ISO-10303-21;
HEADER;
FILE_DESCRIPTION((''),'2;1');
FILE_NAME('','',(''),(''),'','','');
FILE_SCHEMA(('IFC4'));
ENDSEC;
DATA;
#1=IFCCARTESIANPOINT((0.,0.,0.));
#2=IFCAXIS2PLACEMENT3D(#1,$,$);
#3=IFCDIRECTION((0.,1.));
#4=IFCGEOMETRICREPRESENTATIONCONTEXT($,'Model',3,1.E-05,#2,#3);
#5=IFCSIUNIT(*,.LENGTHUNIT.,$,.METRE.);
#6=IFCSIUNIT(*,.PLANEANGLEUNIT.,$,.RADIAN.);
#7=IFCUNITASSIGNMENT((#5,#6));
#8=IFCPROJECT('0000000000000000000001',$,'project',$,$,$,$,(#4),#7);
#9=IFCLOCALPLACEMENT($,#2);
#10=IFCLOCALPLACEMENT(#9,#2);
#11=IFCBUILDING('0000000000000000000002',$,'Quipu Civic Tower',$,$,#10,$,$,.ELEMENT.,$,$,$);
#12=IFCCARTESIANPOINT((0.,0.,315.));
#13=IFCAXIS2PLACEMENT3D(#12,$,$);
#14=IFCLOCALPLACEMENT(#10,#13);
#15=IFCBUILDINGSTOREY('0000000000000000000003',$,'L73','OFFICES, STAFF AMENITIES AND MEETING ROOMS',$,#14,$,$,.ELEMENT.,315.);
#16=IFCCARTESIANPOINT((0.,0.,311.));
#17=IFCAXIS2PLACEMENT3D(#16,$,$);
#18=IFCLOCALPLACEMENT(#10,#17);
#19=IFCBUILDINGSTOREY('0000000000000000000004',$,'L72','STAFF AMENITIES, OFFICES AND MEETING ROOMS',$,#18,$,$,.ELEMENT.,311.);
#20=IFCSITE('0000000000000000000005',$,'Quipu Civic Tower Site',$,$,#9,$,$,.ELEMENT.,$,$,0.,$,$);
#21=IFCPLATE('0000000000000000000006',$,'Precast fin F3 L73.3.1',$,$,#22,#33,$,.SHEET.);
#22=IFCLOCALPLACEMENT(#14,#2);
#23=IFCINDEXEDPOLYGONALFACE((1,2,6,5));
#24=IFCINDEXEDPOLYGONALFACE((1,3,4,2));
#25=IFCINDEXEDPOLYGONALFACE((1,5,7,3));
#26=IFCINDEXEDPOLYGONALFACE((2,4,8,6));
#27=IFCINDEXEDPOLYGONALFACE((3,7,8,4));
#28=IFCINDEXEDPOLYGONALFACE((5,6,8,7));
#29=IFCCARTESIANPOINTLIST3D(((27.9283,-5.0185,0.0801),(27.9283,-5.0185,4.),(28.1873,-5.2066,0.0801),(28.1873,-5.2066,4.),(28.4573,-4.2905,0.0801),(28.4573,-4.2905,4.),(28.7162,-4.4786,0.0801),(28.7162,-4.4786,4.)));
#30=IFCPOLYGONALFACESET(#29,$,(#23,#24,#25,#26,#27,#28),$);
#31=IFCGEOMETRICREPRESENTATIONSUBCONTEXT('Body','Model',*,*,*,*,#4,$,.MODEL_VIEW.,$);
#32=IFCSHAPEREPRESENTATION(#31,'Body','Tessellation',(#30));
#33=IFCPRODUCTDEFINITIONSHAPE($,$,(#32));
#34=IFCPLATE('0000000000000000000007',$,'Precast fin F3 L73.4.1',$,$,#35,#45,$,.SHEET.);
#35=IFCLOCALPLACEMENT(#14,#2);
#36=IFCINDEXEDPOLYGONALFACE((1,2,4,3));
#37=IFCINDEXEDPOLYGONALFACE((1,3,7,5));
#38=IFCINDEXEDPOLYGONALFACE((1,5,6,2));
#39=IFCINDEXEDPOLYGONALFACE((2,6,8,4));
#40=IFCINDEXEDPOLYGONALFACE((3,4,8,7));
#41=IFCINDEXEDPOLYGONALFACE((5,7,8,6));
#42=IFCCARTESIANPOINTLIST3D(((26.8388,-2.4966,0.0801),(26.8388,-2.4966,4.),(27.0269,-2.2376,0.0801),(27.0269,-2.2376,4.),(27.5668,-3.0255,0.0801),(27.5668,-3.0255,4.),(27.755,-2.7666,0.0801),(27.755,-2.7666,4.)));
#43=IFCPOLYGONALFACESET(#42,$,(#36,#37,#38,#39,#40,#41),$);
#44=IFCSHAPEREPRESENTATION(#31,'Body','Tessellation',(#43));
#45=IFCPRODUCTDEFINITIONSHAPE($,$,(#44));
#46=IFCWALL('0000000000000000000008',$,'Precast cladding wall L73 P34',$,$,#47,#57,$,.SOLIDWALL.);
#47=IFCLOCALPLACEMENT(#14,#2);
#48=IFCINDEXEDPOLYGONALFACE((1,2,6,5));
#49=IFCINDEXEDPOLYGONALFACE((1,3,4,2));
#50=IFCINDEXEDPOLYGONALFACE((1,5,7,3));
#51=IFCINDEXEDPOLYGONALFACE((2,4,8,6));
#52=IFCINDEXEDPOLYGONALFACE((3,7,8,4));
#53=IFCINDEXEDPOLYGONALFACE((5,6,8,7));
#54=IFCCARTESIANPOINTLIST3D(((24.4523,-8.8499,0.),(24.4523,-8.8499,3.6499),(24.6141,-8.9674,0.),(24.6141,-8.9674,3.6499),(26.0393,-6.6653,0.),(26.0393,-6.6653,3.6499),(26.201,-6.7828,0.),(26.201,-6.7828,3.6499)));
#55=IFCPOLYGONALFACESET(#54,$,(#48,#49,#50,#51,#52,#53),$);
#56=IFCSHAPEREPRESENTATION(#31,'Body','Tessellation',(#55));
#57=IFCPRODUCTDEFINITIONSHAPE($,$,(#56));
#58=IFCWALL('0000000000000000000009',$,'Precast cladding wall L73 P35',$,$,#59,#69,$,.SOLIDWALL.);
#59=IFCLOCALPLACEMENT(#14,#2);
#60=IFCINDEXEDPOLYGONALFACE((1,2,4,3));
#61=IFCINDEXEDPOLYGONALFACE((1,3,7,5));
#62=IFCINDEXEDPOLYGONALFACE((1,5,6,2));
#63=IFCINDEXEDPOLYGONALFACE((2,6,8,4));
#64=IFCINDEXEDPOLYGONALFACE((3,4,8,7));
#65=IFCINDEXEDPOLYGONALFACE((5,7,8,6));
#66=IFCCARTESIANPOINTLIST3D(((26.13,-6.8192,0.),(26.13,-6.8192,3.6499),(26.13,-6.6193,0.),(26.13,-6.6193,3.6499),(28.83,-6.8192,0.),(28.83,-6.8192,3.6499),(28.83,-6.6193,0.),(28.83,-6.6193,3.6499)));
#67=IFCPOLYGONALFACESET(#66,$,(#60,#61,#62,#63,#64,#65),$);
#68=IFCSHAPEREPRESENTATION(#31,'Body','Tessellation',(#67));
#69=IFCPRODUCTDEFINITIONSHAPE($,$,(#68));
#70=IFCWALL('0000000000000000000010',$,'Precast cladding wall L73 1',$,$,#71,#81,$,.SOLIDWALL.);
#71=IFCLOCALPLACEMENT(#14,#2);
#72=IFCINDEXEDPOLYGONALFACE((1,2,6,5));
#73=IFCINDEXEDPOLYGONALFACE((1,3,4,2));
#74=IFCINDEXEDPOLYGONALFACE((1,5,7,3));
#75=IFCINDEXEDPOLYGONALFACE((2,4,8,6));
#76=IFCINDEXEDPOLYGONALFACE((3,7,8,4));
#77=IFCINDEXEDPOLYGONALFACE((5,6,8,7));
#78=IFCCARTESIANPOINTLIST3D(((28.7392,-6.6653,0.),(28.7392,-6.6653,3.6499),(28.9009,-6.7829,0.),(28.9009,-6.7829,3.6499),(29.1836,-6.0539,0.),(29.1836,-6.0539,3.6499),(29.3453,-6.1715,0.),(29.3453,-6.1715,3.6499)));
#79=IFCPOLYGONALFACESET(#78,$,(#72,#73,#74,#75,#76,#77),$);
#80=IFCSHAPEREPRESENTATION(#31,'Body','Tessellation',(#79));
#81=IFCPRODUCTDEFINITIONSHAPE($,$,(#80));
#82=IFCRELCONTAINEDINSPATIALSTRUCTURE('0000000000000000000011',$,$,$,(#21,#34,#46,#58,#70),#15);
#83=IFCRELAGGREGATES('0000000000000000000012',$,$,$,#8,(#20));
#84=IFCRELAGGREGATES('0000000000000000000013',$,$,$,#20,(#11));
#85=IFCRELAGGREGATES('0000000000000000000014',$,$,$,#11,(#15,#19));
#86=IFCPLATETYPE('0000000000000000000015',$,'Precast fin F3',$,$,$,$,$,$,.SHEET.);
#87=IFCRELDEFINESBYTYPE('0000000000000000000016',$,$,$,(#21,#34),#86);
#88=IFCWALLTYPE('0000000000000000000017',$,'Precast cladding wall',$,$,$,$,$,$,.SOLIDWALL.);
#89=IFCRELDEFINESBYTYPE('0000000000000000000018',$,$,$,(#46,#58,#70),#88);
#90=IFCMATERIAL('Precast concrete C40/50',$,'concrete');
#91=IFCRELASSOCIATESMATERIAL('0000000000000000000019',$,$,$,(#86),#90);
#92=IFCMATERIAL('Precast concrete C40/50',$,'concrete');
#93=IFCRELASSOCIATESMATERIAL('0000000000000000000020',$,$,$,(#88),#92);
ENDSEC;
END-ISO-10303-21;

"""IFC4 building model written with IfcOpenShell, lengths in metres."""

from ifc_helpers import new_model, si_unit, direction, frame, frame_2d, origin, origin_2d, place, context, subcontext, project, spatial, rectangle, extrude, material, type_object, element, save


model = new_model("IFC4")

# Units and contexts
model_context = context("Model", 3, precision=1e-05, world=origin(), true_north=direction((0.0, 1.0)))
body_context = subcontext(model_context, "Body", "Model", "MODEL_VIEW")
ifc_project = project(units=[si_unit("LENGTHUNIT", "METRE"), si_unit("PLANEANGLEUNIT", "RADIAN")], contexts=[model_context])

# Site, building, storey
site_placement = place(None, origin())
site = spatial("IfcSite", under=ifc_project, at=site_placement, Name="Quipu Civic Tower Site", CompositionType="ELEMENT", RefElevation=0.0)
building_placement = place(site_placement, origin())
building = spatial("IfcBuilding", under=site, at=building_placement, Name="Quipu Civic Tower", CompositionType="ELEMENT")
storey_1_placement = place(building_placement, frame((0.0, 0.0, 315.0)))
storey_1 = spatial("IfcBuildingStorey", under=building, at=storey_1_placement, Name="L73", Description="OFFICES, STAFF AMENITIES AND MEETING ROOMS", CompositionType="ELEMENT", Elevation=315.0)

# Shared definitions
storey_2_placement = place(building_placement, frame((0.0, 0.0, 311.0)))
storey_2 = spatial("IfcBuildingStorey", under=building, at=storey_2_placement, Name="L72", Description="STAFF AMENITIES, OFFICES AND MEETING ROOMS", CompositionType="ELEMENT", Elevation=311.0)

# Plates
ifc_material_1 = material(Name="Precast concrete C40/50", Category="concrete")
plate_type_1 = type_object("IfcPlateType", Name="Precast fin F3", PredefinedType="SHEET", material=ifc_material_1)
for number, where, z_axis, x_axis, name in (
    (1, (28.3223, -4.7485, 0.0801), (0.0, 0.0, 1.0), (-0.809019, 0.587782, 0.0), "Precast fin F3 L73.3.1"),
    (2, (27.2969, -2.6316, 0.0801), (0.0, 0.0, 1.0), (0.587791, 0.809013, 0.0), "Precast fin F3 L73.4.1"),
):
    element("IfcPlate", number, at=place(storey_1_placement, frame(where, z_axis=z_axis, x_axis=x_axis)), inside=storey_1, type_object=plate_type_1, Name=name, PredefinedType="SHEET", context=body_context, shape_type="SweptSolid", body=[
        extrude(rectangle(XDim=0.3201, YDim=0.8999, at=origin_2d()), origin(), (0.0, 0.0, 1.0), 3.9199),
    ])

# Walls
ifc_material_2 = material(Name="Precast concrete C40/50", Category="concrete")
wall_type = type_object("IfcWallType", Name="Precast cladding wall", PredefinedType="SOLIDWALL", material=ifc_material_2)
wall_1_placement = place(storey_1_placement, frame((24.5332, -8.9087, 0.0), z_axis=(0.0, 0.0, 1.0), x_axis=(0.58772, 0.809064, 0.0)))
element("IfcWall", 3, at=wall_1_placement, inside=storey_1, type_object=wall_type, Name="Precast cladding wall L73 P34", PredefinedType="SOLIDWALL", context=body_context, shape_type="SweptSolid", body=[
    extrude(rectangle(XDim=2.7002, YDim=0.2, at=frame_2d((1.3501, 0.0))), origin(), (0.0, 0.0, 1.0), 3.6499),
])
wall_2_placement = place(storey_1_placement, frame((26.1299, -6.7192, 0.0), z_axis=(0.0, 0.0, 1.0), x_axis=(1.0, 0.0, 0.0)))
element("IfcWall", 4, at=wall_2_placement, inside=storey_1, type_object=wall_type, Name="Precast cladding wall L73 P35", PredefinedType="SOLIDWALL", context=body_context, shape_type="SweptSolid", body=[
    extrude(rectangle(XDim=2.7, YDim=0.2, at=frame_2d((1.3501, 0.0))), origin(), (0.0, 0.0, 1.0), 3.6499),
])
wall_3_placement = place(storey_1_placement, frame((28.8201, -6.7241, 0.0), z_axis=(0.0, 0.0, 1.0), x_axis=(0.587941, 0.808904, 0.0)))
element("IfcWall", 5, at=wall_3_placement, inside=storey_1, type_object=wall_type, Name="Precast cladding wall L73 1", PredefinedType="SOLIDWALL", context=body_context, shape_type="SweptSolid", body=[
    extrude(rectangle(XDim=0.7559, YDim=0.2, at=frame_2d((0.3779, 0.0))), origin(), (0.0, 0.0, 1.0), 3.6499),
])

save(model, "model.ifc")
